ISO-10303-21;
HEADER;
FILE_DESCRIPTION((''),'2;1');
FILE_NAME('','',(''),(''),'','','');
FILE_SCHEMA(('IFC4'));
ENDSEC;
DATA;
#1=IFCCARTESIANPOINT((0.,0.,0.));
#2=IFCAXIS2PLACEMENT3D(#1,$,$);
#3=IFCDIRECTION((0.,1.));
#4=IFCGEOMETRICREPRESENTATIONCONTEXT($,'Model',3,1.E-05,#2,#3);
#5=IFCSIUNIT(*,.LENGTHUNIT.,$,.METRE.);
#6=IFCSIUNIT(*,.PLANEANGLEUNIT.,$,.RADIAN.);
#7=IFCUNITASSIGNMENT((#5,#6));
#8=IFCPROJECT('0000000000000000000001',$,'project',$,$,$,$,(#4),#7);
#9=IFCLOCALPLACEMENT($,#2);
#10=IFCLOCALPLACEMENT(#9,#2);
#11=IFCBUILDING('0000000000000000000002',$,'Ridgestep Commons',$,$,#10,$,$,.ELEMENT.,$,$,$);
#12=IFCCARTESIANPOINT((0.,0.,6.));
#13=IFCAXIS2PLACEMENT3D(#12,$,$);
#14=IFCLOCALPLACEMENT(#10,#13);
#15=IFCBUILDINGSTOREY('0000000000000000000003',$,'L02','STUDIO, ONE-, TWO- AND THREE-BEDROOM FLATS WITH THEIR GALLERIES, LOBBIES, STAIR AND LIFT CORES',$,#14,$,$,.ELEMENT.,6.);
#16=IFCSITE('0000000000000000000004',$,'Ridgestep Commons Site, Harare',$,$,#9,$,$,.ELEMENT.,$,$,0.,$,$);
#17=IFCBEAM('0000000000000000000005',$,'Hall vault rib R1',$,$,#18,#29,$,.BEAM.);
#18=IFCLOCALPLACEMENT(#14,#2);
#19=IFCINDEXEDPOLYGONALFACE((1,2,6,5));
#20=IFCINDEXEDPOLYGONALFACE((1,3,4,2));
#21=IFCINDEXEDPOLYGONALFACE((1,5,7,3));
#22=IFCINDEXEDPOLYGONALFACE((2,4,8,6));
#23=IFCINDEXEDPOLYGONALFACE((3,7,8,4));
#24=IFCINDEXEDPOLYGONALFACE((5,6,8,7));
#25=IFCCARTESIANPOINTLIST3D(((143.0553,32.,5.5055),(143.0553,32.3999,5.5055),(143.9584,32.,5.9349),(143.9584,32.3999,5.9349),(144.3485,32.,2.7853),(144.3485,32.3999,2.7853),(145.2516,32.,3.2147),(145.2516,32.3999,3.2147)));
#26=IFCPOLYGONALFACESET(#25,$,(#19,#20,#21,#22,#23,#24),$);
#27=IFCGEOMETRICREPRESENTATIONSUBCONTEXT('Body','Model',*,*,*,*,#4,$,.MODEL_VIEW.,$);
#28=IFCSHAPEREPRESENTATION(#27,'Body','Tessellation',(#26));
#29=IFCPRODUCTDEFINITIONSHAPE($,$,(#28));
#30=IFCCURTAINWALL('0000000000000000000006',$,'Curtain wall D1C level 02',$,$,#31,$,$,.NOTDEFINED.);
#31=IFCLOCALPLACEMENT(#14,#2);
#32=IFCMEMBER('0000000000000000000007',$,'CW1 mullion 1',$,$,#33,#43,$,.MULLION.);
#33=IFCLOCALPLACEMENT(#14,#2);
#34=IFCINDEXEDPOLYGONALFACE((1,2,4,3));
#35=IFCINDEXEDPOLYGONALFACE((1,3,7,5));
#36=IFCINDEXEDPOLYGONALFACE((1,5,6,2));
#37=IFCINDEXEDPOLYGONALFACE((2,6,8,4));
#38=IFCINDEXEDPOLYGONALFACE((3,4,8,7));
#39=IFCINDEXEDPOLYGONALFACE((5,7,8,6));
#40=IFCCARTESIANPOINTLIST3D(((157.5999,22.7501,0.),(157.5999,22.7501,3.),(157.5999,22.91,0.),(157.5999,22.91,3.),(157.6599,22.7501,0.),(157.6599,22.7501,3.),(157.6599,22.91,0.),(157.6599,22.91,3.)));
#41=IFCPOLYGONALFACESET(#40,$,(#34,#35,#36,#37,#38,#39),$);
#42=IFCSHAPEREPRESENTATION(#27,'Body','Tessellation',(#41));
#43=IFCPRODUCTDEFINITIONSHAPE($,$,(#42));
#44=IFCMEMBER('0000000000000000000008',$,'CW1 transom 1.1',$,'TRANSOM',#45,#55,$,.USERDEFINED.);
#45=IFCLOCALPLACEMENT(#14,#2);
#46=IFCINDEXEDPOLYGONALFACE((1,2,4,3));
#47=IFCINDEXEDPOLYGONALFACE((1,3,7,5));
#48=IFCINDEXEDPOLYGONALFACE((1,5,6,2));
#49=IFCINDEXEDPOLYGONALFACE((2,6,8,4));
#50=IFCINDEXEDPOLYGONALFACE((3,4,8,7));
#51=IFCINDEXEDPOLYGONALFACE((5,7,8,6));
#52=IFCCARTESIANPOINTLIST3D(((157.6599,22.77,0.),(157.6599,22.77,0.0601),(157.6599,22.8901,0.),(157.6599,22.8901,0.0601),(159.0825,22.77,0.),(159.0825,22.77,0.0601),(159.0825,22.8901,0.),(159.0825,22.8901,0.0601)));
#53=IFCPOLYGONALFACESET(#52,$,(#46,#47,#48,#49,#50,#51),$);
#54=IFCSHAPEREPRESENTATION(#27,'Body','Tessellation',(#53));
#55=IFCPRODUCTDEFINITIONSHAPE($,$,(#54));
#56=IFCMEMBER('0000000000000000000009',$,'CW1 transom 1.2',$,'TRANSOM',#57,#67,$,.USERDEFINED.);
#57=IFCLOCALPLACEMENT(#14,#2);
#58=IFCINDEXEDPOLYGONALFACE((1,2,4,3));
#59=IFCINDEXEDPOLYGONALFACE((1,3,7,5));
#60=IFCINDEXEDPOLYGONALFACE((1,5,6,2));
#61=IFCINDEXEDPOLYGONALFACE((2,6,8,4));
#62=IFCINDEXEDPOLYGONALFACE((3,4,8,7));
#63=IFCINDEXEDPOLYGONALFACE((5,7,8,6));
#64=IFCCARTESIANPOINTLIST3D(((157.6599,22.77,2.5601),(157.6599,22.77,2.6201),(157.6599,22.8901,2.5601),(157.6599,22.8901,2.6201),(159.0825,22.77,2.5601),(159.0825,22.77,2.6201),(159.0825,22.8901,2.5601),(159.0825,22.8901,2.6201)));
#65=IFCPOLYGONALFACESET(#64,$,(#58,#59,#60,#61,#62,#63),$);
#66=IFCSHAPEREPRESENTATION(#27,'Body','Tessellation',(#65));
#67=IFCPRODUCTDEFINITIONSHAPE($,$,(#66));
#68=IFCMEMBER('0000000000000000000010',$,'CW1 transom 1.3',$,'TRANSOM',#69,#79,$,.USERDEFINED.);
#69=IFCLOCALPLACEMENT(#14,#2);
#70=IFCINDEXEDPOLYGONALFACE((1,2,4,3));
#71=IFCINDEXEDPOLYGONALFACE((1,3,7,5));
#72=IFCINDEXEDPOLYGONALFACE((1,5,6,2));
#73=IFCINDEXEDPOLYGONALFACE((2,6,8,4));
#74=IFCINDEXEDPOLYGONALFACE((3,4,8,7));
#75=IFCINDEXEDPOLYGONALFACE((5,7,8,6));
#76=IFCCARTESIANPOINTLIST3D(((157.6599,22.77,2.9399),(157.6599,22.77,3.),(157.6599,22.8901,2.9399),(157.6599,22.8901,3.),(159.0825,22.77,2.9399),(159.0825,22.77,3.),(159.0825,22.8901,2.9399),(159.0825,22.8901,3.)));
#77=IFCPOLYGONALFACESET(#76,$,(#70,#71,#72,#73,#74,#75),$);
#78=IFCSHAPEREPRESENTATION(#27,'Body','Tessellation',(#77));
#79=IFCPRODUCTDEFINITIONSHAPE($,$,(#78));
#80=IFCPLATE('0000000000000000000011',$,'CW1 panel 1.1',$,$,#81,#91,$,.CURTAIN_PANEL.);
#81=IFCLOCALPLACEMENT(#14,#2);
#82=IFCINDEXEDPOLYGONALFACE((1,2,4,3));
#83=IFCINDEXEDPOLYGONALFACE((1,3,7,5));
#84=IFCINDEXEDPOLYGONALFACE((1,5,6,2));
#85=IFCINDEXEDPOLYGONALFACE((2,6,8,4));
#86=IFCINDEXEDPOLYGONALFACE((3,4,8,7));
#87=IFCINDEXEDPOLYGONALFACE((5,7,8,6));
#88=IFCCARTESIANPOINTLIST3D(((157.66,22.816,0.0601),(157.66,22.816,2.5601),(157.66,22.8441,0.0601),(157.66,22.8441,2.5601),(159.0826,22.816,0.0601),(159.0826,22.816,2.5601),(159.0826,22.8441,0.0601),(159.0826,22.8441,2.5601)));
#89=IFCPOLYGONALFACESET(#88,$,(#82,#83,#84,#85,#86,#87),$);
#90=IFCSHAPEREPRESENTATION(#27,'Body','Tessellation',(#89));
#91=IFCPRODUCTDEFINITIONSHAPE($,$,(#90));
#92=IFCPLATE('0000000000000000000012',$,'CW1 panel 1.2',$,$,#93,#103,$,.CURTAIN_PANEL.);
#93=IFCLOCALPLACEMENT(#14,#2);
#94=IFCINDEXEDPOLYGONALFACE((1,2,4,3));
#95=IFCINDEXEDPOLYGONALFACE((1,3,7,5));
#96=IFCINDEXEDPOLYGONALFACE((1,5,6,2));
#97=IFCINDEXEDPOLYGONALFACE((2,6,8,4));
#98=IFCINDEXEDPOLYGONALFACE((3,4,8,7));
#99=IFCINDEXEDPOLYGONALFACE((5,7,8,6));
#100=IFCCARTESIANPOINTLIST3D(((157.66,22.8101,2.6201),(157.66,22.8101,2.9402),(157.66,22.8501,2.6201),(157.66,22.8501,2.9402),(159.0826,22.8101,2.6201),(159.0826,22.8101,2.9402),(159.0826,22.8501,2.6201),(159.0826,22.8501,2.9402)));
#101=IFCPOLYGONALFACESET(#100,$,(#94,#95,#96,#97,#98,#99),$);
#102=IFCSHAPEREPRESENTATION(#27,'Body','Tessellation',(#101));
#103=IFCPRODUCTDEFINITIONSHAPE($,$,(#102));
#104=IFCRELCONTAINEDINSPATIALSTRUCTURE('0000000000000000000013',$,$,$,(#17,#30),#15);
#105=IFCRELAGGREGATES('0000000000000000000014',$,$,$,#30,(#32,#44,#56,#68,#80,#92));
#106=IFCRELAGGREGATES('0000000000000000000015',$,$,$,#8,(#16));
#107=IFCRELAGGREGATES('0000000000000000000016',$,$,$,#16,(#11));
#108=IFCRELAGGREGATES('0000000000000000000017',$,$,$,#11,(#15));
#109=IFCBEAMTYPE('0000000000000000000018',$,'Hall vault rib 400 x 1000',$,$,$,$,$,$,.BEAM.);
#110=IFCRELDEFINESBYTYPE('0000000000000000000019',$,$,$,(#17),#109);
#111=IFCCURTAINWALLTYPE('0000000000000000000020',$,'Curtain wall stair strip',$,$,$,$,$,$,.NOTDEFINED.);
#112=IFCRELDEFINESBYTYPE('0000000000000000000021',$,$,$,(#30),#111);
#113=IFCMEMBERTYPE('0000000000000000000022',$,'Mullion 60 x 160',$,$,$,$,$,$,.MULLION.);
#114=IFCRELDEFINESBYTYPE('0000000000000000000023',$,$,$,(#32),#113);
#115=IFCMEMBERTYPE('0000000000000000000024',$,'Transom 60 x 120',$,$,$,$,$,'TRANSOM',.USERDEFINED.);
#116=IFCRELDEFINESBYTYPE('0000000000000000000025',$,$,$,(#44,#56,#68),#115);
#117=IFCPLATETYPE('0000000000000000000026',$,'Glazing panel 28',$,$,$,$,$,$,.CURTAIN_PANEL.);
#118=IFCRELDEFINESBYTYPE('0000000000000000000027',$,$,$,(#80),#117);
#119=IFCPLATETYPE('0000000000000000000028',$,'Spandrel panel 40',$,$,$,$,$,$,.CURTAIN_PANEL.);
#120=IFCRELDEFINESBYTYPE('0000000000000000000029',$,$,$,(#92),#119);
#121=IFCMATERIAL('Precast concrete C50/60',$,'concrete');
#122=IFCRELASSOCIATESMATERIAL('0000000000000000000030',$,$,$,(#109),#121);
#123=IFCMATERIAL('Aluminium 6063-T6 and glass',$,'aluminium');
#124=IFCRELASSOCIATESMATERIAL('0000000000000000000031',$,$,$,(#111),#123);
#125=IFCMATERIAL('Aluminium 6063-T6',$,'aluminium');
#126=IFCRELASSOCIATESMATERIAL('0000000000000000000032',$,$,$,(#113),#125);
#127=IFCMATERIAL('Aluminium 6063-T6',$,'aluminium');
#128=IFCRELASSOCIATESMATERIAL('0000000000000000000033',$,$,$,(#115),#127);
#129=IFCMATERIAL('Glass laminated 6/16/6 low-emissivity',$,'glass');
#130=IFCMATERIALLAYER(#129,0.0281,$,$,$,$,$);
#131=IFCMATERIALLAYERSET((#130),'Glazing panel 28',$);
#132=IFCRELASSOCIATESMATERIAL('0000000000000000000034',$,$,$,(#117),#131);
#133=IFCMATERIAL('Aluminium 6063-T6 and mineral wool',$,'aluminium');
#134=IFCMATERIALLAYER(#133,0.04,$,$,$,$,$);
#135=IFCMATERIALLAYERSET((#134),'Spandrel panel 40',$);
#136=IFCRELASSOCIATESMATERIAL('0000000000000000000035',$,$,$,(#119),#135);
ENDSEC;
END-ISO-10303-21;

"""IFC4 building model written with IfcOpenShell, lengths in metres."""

from ifc_helpers import new_model, si_unit, direction, frame, origin, origin_2d, place, context, subcontext, project, spatial, rectangle, extrude, material, layer, layer_set, material_profile, profile_set, type_object, element, aggregate, save


model = new_model("IFC4")

# Units and contexts
model_context = context("Model", 3, precision=1e-05, world=origin(), true_north=direction((0.0, 1.0)))
body_context = subcontext(model_context, "Body", "Model", "MODEL_VIEW")
ifc_project = project(units=[si_unit("LENGTHUNIT", "METRE"), si_unit("PLANEANGLEUNIT", "RADIAN")], contexts=[model_context])

# Site, building, storey
site_placement = place(None, origin())
site = spatial("IfcSite", under=ifc_project, at=site_placement, Name="Ridgestep Commons Site, Harare", CompositionType="ELEMENT", RefElevation=0.0)
building_placement = place(site_placement, origin())
building = spatial("IfcBuilding", under=site, at=building_placement, Name="Ridgestep Commons", CompositionType="ELEMENT")
storey_placement = place(building_placement, frame((0.0, 0.0, 6.0)))
storey = spatial("IfcBuildingStorey", under=building, at=storey_placement, Name="L02", Description="STUDIO, ONE-, TWO- AND THREE-BEDROOM FLATS WITH THEIR GALLERIES, LOBBIES, STAIR AND LIFT CORES", CompositionType="ELEMENT", Elevation=6.0)

# Beam
ifc_material_1 = material(Name="Precast concrete C50/60", Category="concrete")
ifc_material_profile_1 = material_profile(ifc_material_1, rectangle(XDim=0.3999, YDim=1.0, at=origin_2d()), Name="Hall vault rib 400 x 1000")
ifc_profile_set_1 = profile_set([ifc_material_profile_1], Name="Precast concrete C50/60")
beam_type = type_object("IfcBeamType", Name="Hall vault rib 400 x 1000", PredefinedType="BEAM", material=ifc_profile_set_1)
beam_placement = place(storey_placement, frame((143.5068, 32.2, 5.7202), z_axis=(0.429358, 0.0, -0.903135), x_axis=(0.0, 1.0, 0.0)))
element("IfcBeam", 1, at=beam_placement, inside=storey, type_object=beam_type, Name="Hall vault rib R1", PredefinedType="BEAM", context=body_context, shape_type="SweptSolid", body=[
    extrude(rectangle(XDim=0.3999, YDim=1.0, at=origin_2d()), origin(), (0.0, 0.0, 1.0), 3.012),
])

# Curtain wall, members, plates
ifc_material_2 = material(Name="Aluminium 6063-T6 and glass", Category="aluminium")
curtain_wall_type = type_object("IfcCurtainWallType", Name="Curtain wall stair strip", PredefinedType="NOTDEFINED", material=ifc_material_2)
curtain_wall_placement = place(storey_placement, origin())
curtain_wall = element("IfcCurtainWall", 2, at=curtain_wall_placement, inside=storey, type_object=curtain_wall_type, Name="Curtain wall D1C level 02", PredefinedType="NOTDEFINED")
ifc_material_3 = material(Name="Aluminium 6063-T6", Category="aluminium")
ifc_material_profile_2 = material_profile(ifc_material_3, rectangle(XDim=0.1599, YDim=0.0601, at=origin_2d()), Name="Mullion 60 x 160")
ifc_profile_set_2 = profile_set([ifc_material_profile_2], Name="Aluminium 6063-T6")
member_type_1 = type_object("IfcMemberType", Name="Mullion 60 x 160", PredefinedType="MULLION", material=ifc_profile_set_2)
member_1_placement = place(storey_placement, frame((157.6299, 22.8301, 0.0), z_axis=(0.0, 0.0, 1.0), x_axis=(0.0, 1.0, 0.0)))
member_1 = element("IfcMember", 3, at=member_1_placement, type_object=member_type_1, Name="CW1 mullion 1", PredefinedType="MULLION", context=body_context, shape_type="SweptSolid", body=[
    extrude(rectangle(XDim=0.1599, YDim=0.0601, at=origin_2d()), origin(), (0.0, 0.0, 1.0), 3.0),
])
ifc_material_4 = material(Name="Aluminium 6063-T6", Category="aluminium")
ifc_material_profile_3 = material_profile(ifc_material_4, rectangle(XDim=0.1201, YDim=0.0601, at=origin_2d()), Name="Transom 60 x 120")
ifc_profile_set_3 = profile_set([ifc_material_profile_3], Name="Aluminium 6063-T6")
member_type_2 = type_object("IfcMemberType", Name="Transom 60 x 120", ElementType="TRANSOM", PredefinedType="USERDEFINED", material=ifc_profile_set_3)
member_2_placement = place(storey_placement, frame((157.6599, 22.8301, 0.03), z_axis=(1.0, 0.0, 0.0), x_axis=(0.0, 1.0, 0.0)))
member_2 = element("IfcMember", 4, at=member_2_placement, type_object=member_type_2, Name="CW1 transom 1.1", ObjectType="TRANSOM", PredefinedType="USERDEFINED", context=body_context, shape_type="SweptSolid", body=[
    extrude(rectangle(XDim=0.1201, YDim=0.0601, at=origin_2d()), origin(), (0.0, 0.0, 1.0), 1.4226),
])
member_3_placement = place(storey_placement, frame((157.6599, 22.8301, 2.5901), z_axis=(1.0, 0.0, 0.0), x_axis=(0.0, 1.0, 0.0)))
member_3 = element("IfcMember", 5, at=member_3_placement, type_object=member_type_2, Name="CW1 transom 1.2", ObjectType="TRANSOM", PredefinedType="USERDEFINED", context=body_context, shape_type="SweptSolid", body=[
    extrude(rectangle(XDim=0.1201, YDim=0.0601, at=origin_2d()), origin(), (0.0, 0.0, 1.0), 1.4226),
])
member_4_placement = place(storey_placement, frame((157.6599, 22.8301, 2.97), z_axis=(1.0, 0.0, 0.0), x_axis=(0.0, 1.0, 0.0)))
member_4 = element("IfcMember", 6, at=member_4_placement, type_object=member_type_2, Name="CW1 transom 1.3", ObjectType="TRANSOM", PredefinedType="USERDEFINED", context=body_context, shape_type="SweptSolid", body=[
    extrude(rectangle(XDim=0.1201, YDim=0.0601, at=origin_2d()), origin(), (0.0, 0.0, 1.0), 1.4226),
])
ifc_material_5 = material(Name="Glass laminated 6/16/6 low-emissivity", Category="glass")
ifc_layer_1 = layer(ifc_material_5, 0.0281)
ifc_layer_set_1 = layer_set([ifc_layer_1], Name="Glazing panel 28")
plate_type_1 = type_object("IfcPlateType", Name="Glazing panel 28", PredefinedType="CURTAIN_PANEL", material=ifc_layer_set_1)
plate_1_placement = place(storey_placement, frame((158.3713, 22.8301, 0.0601), z_axis=(0.0, 0.0, 1.0), x_axis=(1.0, 0.0, 0.0)))
plate_1 = element("IfcPlate", 7, at=plate_1_placement, type_object=plate_type_1, Name="CW1 panel 1.1", PredefinedType="CURTAIN_PANEL", context=body_context, shape_type="SweptSolid", body=[
    extrude(rectangle(XDim=1.4226, YDim=0.0281, at=origin_2d()), origin(), (0.0, 0.0, 1.0), 2.5),
])
ifc_material_6 = material(Name="Aluminium 6063-T6 and mineral wool", Category="aluminium")
ifc_layer_2 = layer(ifc_material_6, 0.04)
ifc_layer_set_2 = layer_set([ifc_layer_2], Name="Spandrel panel 40")
plate_type_2 = type_object("IfcPlateType", Name="Spandrel panel 40", PredefinedType="CURTAIN_PANEL", material=ifc_layer_set_2)
plate_2_placement = place(storey_placement, frame((158.3713, 22.8301, 2.6201), z_axis=(0.0, 0.0, 1.0), x_axis=(1.0, 0.0, 0.0)))
plate_2 = element("IfcPlate", 8, at=plate_2_placement, type_object=plate_type_2, Name="CW1 panel 1.2", PredefinedType="CURTAIN_PANEL", context=body_context, shape_type="SweptSolid", body=[
    extrude(rectangle(XDim=1.4226, YDim=0.04, at=origin_2d()), origin(), (0.0, 0.0, 1.0), 0.3201),
])
aggregate(curtain_wall, [member_1, member_2, member_3, member_4, plate_1, plate_2])

save(model, "model.ifc")
